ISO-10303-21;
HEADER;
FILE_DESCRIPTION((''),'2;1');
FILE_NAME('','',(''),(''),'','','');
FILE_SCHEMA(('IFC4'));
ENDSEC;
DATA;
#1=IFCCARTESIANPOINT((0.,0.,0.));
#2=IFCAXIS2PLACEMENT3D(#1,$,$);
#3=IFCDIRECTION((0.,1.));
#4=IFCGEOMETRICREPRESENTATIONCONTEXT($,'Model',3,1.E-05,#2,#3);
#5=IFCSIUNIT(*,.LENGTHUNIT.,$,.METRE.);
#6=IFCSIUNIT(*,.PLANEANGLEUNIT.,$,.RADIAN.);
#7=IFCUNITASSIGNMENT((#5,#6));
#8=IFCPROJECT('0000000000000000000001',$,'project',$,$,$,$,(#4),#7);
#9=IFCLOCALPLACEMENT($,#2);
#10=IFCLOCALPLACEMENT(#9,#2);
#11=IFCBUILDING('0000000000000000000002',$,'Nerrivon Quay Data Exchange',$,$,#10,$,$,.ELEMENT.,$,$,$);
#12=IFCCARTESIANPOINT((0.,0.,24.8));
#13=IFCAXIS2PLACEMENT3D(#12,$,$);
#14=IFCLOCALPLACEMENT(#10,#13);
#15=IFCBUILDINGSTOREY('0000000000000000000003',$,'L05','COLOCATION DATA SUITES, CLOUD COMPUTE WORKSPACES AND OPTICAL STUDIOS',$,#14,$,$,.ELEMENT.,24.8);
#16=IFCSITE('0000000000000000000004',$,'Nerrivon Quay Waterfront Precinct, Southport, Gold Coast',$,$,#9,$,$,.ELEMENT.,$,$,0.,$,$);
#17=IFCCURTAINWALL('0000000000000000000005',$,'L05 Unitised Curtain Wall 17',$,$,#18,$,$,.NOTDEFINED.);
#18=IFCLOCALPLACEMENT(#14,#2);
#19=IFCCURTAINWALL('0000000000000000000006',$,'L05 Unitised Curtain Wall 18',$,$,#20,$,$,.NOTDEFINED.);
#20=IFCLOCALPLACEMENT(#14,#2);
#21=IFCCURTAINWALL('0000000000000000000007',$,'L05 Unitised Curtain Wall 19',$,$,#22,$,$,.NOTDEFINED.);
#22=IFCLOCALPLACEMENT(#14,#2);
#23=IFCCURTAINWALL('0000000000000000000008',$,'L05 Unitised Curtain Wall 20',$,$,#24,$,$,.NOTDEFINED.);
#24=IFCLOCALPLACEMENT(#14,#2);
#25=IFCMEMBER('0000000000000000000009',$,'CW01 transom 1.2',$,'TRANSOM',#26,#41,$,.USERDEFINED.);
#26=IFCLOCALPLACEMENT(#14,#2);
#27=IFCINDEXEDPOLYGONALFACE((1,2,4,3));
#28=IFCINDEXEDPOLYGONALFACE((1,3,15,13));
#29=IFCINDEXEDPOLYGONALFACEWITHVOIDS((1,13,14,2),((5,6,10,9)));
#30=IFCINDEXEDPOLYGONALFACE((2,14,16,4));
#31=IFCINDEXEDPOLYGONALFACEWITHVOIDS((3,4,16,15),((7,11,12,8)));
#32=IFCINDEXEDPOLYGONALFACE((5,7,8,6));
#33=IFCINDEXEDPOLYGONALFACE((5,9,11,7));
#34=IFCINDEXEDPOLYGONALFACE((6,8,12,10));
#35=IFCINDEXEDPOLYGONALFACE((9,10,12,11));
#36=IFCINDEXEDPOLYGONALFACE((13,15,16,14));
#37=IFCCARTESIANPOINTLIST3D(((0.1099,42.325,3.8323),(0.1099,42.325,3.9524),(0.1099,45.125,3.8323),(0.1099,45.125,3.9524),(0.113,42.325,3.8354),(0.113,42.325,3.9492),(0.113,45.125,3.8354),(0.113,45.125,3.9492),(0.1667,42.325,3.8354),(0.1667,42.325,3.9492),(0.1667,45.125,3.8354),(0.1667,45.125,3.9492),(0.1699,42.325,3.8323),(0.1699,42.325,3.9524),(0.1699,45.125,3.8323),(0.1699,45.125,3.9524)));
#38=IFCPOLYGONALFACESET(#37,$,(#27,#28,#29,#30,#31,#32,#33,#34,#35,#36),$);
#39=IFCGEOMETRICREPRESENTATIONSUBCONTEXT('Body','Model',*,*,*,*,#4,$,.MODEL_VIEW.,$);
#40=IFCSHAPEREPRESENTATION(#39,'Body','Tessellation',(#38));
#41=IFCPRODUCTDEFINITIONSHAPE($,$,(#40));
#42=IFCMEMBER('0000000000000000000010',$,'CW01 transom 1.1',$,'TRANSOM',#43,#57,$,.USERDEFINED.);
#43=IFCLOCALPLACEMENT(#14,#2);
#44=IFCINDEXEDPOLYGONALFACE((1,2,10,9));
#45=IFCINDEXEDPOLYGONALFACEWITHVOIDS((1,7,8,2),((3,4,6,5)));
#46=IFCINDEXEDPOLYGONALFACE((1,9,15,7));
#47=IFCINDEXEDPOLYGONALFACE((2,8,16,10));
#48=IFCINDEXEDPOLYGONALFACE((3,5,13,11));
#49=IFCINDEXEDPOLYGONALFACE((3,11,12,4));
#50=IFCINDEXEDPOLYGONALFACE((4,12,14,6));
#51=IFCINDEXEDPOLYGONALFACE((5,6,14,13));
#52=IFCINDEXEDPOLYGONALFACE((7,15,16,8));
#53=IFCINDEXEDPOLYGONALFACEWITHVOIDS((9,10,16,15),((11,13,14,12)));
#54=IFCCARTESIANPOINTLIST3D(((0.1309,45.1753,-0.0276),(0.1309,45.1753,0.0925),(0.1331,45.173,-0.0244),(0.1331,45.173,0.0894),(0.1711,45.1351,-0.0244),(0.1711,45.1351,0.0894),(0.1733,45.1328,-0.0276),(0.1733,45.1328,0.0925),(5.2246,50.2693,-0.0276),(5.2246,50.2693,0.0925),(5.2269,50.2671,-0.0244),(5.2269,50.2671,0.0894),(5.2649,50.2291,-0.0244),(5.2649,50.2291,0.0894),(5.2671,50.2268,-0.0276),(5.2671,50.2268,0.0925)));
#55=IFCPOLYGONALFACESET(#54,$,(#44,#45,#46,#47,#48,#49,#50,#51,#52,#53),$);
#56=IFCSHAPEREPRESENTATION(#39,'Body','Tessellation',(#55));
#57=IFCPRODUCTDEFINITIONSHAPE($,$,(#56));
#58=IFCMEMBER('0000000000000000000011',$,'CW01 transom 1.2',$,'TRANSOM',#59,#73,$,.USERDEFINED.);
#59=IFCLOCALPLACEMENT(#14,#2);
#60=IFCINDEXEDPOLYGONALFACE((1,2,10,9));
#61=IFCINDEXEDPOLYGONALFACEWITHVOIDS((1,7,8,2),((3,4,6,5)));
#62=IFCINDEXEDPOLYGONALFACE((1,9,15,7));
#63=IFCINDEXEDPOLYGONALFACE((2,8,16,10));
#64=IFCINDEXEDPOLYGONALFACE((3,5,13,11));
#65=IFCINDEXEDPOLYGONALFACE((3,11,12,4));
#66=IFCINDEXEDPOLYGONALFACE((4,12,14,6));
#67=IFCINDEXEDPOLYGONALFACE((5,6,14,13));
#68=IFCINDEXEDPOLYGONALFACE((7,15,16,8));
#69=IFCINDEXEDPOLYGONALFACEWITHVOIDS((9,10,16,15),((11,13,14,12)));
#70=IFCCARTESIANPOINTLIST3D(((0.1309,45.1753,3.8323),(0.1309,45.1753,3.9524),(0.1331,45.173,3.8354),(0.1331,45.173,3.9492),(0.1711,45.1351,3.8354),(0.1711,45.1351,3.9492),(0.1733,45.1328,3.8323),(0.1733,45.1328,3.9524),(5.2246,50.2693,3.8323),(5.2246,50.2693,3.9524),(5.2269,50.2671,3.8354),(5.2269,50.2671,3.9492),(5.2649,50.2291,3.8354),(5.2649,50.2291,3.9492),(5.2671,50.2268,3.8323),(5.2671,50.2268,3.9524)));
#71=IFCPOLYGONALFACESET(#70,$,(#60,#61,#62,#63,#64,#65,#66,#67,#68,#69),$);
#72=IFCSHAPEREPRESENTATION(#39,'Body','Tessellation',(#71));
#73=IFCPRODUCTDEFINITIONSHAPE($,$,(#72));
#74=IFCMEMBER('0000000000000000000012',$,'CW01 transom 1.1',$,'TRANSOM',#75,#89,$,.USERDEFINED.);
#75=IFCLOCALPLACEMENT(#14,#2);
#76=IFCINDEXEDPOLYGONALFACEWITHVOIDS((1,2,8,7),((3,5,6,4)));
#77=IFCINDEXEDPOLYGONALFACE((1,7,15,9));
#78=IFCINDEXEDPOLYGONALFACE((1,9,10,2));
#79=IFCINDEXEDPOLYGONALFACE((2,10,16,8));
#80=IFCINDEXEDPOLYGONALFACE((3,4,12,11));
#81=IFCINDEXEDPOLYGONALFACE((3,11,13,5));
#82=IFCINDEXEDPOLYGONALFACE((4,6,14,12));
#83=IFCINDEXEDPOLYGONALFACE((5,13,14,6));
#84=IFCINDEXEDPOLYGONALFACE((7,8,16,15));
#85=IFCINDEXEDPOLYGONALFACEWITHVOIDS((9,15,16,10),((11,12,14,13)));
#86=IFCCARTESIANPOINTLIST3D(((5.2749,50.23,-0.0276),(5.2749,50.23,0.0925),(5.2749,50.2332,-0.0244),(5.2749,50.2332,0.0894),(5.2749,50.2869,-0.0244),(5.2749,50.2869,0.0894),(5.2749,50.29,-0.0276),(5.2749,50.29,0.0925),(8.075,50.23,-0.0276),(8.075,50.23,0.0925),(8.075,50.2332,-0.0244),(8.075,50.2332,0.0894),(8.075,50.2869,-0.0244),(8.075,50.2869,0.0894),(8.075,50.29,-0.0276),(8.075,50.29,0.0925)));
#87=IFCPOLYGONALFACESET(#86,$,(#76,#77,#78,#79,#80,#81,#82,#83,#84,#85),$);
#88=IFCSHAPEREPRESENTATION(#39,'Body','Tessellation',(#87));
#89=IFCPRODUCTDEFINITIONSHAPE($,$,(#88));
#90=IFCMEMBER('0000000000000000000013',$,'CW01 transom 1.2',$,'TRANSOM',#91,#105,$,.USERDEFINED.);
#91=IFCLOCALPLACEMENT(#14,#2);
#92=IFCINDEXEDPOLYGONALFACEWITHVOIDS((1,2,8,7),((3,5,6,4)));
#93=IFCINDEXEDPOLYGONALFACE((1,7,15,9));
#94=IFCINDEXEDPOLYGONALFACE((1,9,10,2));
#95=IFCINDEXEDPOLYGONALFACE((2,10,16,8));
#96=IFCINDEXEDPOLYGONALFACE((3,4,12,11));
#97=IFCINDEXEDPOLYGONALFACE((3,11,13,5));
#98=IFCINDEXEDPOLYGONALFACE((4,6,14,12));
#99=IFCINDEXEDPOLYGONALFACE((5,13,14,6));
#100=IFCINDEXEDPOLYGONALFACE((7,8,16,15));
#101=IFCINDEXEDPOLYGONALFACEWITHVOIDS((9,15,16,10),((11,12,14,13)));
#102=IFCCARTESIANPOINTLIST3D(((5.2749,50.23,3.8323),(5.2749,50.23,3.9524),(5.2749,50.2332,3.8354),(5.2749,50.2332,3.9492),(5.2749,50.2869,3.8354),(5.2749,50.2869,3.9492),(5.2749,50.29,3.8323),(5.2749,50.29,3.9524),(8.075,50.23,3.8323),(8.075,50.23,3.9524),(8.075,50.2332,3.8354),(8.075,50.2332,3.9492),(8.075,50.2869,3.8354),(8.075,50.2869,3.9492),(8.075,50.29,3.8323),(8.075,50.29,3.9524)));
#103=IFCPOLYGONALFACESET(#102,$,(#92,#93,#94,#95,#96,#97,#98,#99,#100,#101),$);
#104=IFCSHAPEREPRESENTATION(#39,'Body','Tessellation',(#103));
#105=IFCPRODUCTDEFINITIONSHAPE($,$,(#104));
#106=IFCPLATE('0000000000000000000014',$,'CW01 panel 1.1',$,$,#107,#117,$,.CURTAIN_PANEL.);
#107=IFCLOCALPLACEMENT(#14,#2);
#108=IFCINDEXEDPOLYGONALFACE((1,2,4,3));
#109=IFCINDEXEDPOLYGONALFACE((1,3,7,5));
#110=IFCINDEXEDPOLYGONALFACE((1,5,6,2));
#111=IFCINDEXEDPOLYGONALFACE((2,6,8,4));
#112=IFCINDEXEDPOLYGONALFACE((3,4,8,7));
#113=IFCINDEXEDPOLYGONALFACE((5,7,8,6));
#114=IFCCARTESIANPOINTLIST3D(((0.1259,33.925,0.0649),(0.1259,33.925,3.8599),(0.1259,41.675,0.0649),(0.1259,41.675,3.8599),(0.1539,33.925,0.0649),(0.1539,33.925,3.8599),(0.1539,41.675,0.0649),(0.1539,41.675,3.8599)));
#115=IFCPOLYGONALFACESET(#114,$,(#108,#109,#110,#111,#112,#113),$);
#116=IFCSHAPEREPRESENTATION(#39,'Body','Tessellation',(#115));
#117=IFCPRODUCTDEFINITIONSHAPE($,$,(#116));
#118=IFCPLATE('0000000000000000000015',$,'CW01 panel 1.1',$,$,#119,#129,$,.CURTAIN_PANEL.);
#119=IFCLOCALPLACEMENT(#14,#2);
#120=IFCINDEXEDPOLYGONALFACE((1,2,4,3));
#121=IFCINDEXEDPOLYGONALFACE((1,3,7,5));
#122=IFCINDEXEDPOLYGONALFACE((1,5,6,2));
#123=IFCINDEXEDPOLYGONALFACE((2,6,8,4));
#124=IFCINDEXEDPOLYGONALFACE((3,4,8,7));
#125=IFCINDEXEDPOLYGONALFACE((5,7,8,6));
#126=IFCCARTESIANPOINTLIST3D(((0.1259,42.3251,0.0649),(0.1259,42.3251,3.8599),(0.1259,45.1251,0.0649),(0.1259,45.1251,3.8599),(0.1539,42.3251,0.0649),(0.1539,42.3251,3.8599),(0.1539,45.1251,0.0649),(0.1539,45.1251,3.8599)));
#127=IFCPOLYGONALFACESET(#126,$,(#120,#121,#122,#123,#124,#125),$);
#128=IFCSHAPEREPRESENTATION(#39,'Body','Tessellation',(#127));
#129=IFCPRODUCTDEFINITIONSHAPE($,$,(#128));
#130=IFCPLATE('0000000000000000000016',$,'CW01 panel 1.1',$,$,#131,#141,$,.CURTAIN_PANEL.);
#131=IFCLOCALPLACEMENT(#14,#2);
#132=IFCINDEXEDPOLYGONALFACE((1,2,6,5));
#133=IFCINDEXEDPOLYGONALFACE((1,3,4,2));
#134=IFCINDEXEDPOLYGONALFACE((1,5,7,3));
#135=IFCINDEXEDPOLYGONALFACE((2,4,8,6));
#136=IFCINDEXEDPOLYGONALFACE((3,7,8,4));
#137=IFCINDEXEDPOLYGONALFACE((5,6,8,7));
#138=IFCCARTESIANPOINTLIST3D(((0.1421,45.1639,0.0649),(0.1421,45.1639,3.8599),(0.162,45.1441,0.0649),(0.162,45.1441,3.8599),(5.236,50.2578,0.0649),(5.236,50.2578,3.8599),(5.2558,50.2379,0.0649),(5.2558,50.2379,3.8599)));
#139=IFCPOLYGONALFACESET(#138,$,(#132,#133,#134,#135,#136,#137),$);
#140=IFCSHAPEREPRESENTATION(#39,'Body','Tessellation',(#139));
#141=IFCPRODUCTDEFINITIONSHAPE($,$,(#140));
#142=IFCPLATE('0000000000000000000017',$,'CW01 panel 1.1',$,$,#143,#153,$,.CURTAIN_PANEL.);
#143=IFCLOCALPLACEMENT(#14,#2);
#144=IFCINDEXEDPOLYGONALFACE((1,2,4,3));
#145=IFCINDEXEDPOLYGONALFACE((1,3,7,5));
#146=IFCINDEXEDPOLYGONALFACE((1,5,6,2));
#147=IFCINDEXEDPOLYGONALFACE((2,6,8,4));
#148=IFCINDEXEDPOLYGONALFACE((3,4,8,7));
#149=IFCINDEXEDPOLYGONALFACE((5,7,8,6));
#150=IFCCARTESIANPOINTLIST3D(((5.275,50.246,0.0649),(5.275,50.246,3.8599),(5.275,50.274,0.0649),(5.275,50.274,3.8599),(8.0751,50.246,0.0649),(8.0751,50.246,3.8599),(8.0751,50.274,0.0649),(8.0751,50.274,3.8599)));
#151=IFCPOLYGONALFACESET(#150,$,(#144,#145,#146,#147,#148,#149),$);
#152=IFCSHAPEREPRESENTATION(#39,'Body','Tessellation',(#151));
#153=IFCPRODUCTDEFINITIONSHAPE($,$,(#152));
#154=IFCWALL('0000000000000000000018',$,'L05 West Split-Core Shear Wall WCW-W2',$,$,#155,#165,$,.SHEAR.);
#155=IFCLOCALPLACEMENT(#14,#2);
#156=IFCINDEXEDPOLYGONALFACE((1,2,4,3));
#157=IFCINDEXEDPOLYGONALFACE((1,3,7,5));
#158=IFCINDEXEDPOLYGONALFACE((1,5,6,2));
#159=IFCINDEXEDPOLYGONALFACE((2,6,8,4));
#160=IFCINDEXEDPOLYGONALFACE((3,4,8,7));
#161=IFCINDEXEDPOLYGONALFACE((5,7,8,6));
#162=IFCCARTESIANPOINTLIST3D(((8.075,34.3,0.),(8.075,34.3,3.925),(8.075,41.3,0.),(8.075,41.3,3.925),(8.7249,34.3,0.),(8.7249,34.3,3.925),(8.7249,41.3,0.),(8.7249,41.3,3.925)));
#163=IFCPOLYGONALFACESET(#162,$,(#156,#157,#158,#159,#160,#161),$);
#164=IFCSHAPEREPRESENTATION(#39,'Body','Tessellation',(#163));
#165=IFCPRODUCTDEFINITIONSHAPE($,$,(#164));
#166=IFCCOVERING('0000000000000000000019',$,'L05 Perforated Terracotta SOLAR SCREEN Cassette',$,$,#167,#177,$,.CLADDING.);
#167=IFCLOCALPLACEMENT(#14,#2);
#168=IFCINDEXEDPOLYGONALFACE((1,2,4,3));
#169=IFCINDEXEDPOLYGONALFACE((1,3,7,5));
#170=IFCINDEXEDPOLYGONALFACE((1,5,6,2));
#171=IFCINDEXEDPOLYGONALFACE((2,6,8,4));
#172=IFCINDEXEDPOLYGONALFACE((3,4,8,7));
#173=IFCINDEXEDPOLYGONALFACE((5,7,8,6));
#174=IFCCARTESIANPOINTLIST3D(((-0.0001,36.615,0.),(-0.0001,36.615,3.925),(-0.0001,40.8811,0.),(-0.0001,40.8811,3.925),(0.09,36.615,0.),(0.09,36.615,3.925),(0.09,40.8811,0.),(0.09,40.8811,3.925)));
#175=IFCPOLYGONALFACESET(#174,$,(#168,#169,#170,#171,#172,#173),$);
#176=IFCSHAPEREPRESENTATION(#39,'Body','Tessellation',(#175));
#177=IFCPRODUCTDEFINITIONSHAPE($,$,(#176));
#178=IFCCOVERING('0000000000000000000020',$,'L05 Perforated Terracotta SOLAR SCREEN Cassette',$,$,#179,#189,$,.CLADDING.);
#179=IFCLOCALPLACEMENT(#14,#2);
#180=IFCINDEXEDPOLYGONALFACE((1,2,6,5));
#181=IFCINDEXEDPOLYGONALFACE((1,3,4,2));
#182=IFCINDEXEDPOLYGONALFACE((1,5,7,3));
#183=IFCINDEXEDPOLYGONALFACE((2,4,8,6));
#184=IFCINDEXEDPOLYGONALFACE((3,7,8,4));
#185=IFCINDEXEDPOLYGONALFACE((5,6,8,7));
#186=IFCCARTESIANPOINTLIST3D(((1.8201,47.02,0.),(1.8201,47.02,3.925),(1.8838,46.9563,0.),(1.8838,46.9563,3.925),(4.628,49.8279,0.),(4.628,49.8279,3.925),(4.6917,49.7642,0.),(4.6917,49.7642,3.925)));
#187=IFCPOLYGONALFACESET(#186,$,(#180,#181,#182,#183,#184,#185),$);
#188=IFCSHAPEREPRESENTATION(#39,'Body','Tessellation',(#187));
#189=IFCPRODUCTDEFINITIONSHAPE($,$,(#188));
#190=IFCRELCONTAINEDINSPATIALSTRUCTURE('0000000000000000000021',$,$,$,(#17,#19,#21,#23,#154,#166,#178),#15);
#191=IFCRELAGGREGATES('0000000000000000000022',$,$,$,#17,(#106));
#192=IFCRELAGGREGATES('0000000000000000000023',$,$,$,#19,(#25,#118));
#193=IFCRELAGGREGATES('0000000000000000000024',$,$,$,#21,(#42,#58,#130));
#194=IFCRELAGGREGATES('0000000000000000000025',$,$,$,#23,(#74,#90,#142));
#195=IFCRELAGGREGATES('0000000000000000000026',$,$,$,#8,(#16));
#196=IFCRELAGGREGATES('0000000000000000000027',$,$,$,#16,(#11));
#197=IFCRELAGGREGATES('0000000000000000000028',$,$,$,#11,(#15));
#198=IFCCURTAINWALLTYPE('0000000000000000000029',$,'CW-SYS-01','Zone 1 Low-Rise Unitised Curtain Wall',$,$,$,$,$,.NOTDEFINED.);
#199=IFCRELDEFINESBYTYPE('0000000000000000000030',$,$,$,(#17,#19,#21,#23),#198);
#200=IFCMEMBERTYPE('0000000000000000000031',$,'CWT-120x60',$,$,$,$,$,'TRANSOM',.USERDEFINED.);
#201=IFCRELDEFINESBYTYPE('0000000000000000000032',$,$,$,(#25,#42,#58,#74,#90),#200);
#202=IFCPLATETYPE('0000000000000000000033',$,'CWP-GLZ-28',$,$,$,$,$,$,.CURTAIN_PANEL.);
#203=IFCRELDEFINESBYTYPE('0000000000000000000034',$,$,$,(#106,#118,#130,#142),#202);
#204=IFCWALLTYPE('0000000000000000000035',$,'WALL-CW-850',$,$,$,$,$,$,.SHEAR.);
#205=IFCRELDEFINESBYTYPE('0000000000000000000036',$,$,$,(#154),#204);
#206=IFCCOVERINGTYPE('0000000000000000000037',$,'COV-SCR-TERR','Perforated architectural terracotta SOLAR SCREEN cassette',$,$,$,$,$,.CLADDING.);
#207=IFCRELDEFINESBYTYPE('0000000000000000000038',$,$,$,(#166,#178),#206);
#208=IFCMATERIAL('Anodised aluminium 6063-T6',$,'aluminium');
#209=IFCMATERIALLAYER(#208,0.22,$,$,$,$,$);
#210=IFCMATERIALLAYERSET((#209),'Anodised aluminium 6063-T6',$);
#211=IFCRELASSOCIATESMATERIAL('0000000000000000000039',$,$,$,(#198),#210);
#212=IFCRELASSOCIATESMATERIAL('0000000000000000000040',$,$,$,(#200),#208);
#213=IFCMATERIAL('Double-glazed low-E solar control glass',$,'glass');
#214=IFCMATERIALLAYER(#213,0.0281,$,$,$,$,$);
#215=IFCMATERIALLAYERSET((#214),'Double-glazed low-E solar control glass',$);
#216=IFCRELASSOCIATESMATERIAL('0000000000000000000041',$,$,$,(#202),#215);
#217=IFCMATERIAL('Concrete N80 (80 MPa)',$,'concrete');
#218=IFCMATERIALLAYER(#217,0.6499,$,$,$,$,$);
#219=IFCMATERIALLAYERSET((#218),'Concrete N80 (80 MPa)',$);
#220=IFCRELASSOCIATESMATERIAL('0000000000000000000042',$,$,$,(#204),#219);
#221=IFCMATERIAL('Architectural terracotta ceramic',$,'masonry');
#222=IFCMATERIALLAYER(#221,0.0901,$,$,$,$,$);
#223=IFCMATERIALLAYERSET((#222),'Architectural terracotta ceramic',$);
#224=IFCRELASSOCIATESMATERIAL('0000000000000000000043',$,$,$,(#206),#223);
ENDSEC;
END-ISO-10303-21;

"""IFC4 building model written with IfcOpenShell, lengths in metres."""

from ifc_helpers import new_model, si_unit, direction, frame, frame_2d, origin, origin_2d, place, context, subcontext, project, spatial, rectangle, hollow_rectangle, extrude, material, layer, layer_set, material_profile, profile_set, type_object, element, aggregate, save


model = new_model("IFC4")

# Units and contexts
model_context = context("Model", 3, precision=1e-05, world=origin(), true_north=direction((0.0, 1.0)))
body_context = subcontext(model_context, "Body", "Model", "MODEL_VIEW")
ifc_project = project(units=[si_unit("LENGTHUNIT", "METRE"), si_unit("PLANEANGLEUNIT", "RADIAN")], contexts=[model_context])

# Site, building, storey
site_placement = place(None, origin())
site = spatial("IfcSite", under=ifc_project, at=site_placement, Name="Nerrivon Quay Waterfront Precinct, Southport, Gold Coast", CompositionType="ELEMENT", RefElevation=0.0)
building_placement = place(site_placement, origin())
building = spatial("IfcBuilding", under=site, at=building_placement, Name="Nerrivon Quay Data Exchange", CompositionType="ELEMENT")
storey_placement = place(building_placement, frame((0.0, 0.0, 24.8)))
storey = spatial("IfcBuildingStorey", under=building, at=storey_placement, Name="L05", Description="COLOCATION DATA SUITES, CLOUD COMPUTE WORKSPACES AND OPTICAL STUDIOS", CompositionType="ELEMENT", Elevation=24.8)

# Shared definitions
ifc_material_1 = material(Name="Concrete N80 (80 MPa)", Category="concrete")

# Curtain wall
ifc_material_2 = material(Name="Anodised aluminium 6063-T6", Category="aluminium")
ifc_layer_1 = layer(ifc_material_2, 0.22)
ifc_layer_set_1 = layer_set([ifc_layer_1], Name="Anodised aluminium 6063-T6")
curtain_wall_type = type_object("IfcCurtainWallType", Name="CW-SYS-01", Description="Zone 1 Low-Rise Unitised Curtain Wall", PredefinedType="NOTDEFINED", material=ifc_layer_set_1)
curtain_wall_1_placement = place(storey_placement, origin())
curtain_wall_1 = element("IfcCurtainWall", 1, at=curtain_wall_1_placement, inside=storey, type_object=curtain_wall_type, Name="L05 Unitised Curtain Wall 17", PredefinedType="NOTDEFINED")

# Curtain walls
curtain_wall_2_placement = place(storey_placement, origin())
curtain_wall_2 = element("IfcCurtainWall", 2, at=curtain_wall_2_placement, inside=storey, type_object=curtain_wall_type, Name="L05 Unitised Curtain Wall 18", PredefinedType="NOTDEFINED")
curtain_wall_3_placement = place(storey_placement, origin())
curtain_wall_3 = element("IfcCurtainWall", 3, at=curtain_wall_3_placement, inside=storey, type_object=curtain_wall_type, Name="L05 Unitised Curtain Wall 19", PredefinedType="NOTDEFINED")
curtain_wall_4_placement = place(storey_placement, origin())
curtain_wall_4 = element("IfcCurtainWall", 4, at=curtain_wall_4_placement, inside=storey, type_object=curtain_wall_type, Name="L05 Unitised Curtain Wall 20", PredefinedType="NOTDEFINED")

# Members
ifc_material_profile_1 = material_profile(ifc_material_2, hollow_rectangle(XDim=0.0601, YDim=0.1201, WallThickness=0.0032, at=origin_2d()), Name="ALU-TRAN-120x60")
ifc_profile_set_1 = profile_set([ifc_material_profile_1], Name="Anodised aluminium 6063-T6")
member_type_1 = type_object("IfcMemberType", Name="CWT-120x60", ElementType="TRANSOM", PredefinedType="USERDEFINED", material=ifc_profile_set_1)
member_1_placement = place(storey_placement, frame((0.1399, 42.325, 3.8923), z_axis=(0.0, 1.0, 0.0), x_axis=(-1.0, 0.0, 0.0)))
member_1 = element("IfcMember", 5, at=member_1_placement, type_object=member_type_1, Name="CW01 transom 1.2", ObjectType="TRANSOM", PredefinedType="USERDEFINED", context=body_context, shape_type="SweptSolid", body=[
    extrude(hollow_rectangle(XDim=0.0601, YDim=0.1201, WallThickness=0.0032, at=origin_2d()), origin(), (0.0, 0.0, 1.0), 2.8),
])
member_2_placement = place(storey_placement, frame((0.1521, 45.1541, 0.0325), z_axis=(0.70709, 0.707124, 0.0), x_axis=(-0.707124, 0.70709, 0.0)))
member_2 = element("IfcMember", 6, at=member_2_placement, type_object=member_type_1, Name="CW01 transom 1.1", ObjectType="TRANSOM", PredefinedType="USERDEFINED", context=body_context, shape_type="SweptSolid", body=[
    extrude(hollow_rectangle(XDim=0.0601, YDim=0.1201, WallThickness=0.0032, at=origin_2d()), origin(), (0.0, 0.0, 1.0), 7.2039),
])
member_3_placement = place(storey_placement, frame((0.1521, 45.1541, 3.8923), z_axis=(0.70709, 0.707124, 0.0), x_axis=(-0.707124, 0.70709, 0.0)))
member_3 = element("IfcMember", 7, at=member_3_placement, type_object=member_type_1, Name="CW01 transom 1.2", ObjectType="TRANSOM", PredefinedType="USERDEFINED", context=body_context, shape_type="SweptSolid", body=[
    extrude(hollow_rectangle(XDim=0.0601, YDim=0.1201, WallThickness=0.0032, at=origin_2d()), origin(), (0.0, 0.0, 1.0), 7.2039),
])
member_4_placement = place(storey_placement, frame((5.2749, 50.26, 0.0325), z_axis=(1.0, 0.0, 0.0), x_axis=(0.0, 1.0, 0.0)))
member_4 = element("IfcMember", 8, at=member_4_placement, type_object=member_type_1, Name="CW01 transom 1.1", ObjectType="TRANSOM", PredefinedType="USERDEFINED", context=body_context, shape_type="SweptSolid", body=[
    extrude(hollow_rectangle(XDim=0.0601, YDim=0.1201, WallThickness=0.0032, at=origin_2d()), origin(), (0.0, 0.0, 1.0), 2.8),
])
member_5_placement = place(storey_placement, frame((5.2749, 50.26, 3.8923), z_axis=(1.0, 0.0, 0.0), x_axis=(0.0, 1.0, 0.0)))
member_5 = element("IfcMember", 9, at=member_5_placement, type_object=member_type_1, Name="CW01 transom 1.2", ObjectType="TRANSOM", PredefinedType="USERDEFINED", context=body_context, shape_type="SweptSolid", body=[
    extrude(hollow_rectangle(XDim=0.0601, YDim=0.1201, WallThickness=0.0032, at=origin_2d()), origin(), (0.0, 0.0, 1.0), 2.8),
])

# Plates
ifc_material_3 = material(Name="Double-glazed low-E solar control glass", Category="glass")
ifc_layer_2 = layer(ifc_material_3, 0.0281)
ifc_layer_set_2 = layer_set([ifc_layer_2], Name="Double-glazed low-E solar control glass")
plate_type = type_object("IfcPlateType", Name="CWP-GLZ-28", PredefinedType="CURTAIN_PANEL", material=ifc_layer_set_2)
plate_1_placement = place(storey_placement, frame((0.1399, 37.8, 0.0649), z_axis=(0.0, 0.0, 1.0), x_axis=(0.0, 1.0, 0.0)))
plate_1 = element("IfcPlate", 10, at=plate_1_placement, type_object=plate_type, Name="CW01 panel 1.1", PredefinedType="CURTAIN_PANEL", context=body_context, shape_type="SweptSolid", body=[
    extrude(rectangle(XDim=7.75, YDim=0.0281, at=origin_2d()), origin(), (0.0, 0.0, 1.0), 3.7949),
])
aggregate(curtain_wall_1, [plate_1])
plate_2_placement = place(storey_placement, frame((0.1399, 43.7251, 0.0649), z_axis=(0.0, 0.0, 1.0), x_axis=(0.0, 1.0, 0.0)))
plate_2 = element("IfcPlate", 11, at=plate_2_placement, type_object=plate_type, Name="CW01 panel 1.1", PredefinedType="CURTAIN_PANEL", context=body_context, shape_type="SweptSolid", body=[
    extrude(rectangle(XDim=2.8, YDim=0.0281, at=origin_2d()), origin(), (0.0, 0.0, 1.0), 3.7949),
])
aggregate(curtain_wall_2, [member_1, plate_2])
plate_3_placement = place(storey_placement, frame((2.699, 47.7009, 0.0649), z_axis=(0.0, 0.0, 1.0), x_axis=(0.707107, 0.707107, 0.0)))
plate_3 = element("IfcPlate", 12, at=plate_3_placement, type_object=plate_type, Name="CW01 panel 1.1", PredefinedType="CURTAIN_PANEL", context=body_context, shape_type="SweptSolid", body=[
    extrude(rectangle(XDim=7.2039, YDim=0.0281, at=origin_2d()), origin(), (0.0, 0.0, 1.0), 3.7949),
])
aggregate(curtain_wall_3, [member_2, member_3, plate_3])
plate_4_placement = place(storey_placement, frame((6.675, 50.26, 0.0649), z_axis=(0.0, 0.0, 1.0), x_axis=(1.0, 0.0, 0.0)))
plate_4 = element("IfcPlate", 13, at=plate_4_placement, type_object=plate_type, Name="CW01 panel 1.1", PredefinedType="CURTAIN_PANEL", context=body_context, shape_type="SweptSolid", body=[
    extrude(rectangle(XDim=2.8, YDim=0.0281, at=origin_2d()), origin(), (0.0, 0.0, 1.0), 3.7949),
])
aggregate(curtain_wall_4, [member_4, member_5, plate_4])

# Wall
ifc_layer_3 = layer(ifc_material_1, 0.6499)
ifc_layer_set_3 = layer_set([ifc_layer_3], Name="Concrete N80 (80 MPa)")
wall_type = type_object("IfcWallType", Name="WALL-CW-850", PredefinedType="SHEAR", material=ifc_layer_set_3)
wall_placement = place(storey_placement, frame((8.3999, 34.3, 0.0), z_axis=(0.0, 0.0, 1.0), x_axis=(0.0, 1.0, 0.0)))
element("IfcWall", 14, at=wall_placement, inside=storey, type_object=wall_type, Name="L05 West Split-Core Shear Wall WCW-W2", PredefinedType="SHEAR", context=body_context, shape_type="SweptSolid", body=[
    extrude(rectangle(XDim=7.0, YDim=0.6499, at=frame_2d((3.5, 0.0))), origin(), (0.0, 0.0, 1.0), 3.925),
])

# Coverings
ifc_material_4 = material(Name="Architectural terracotta ceramic", Category="masonry")
ifc_layer_4 = layer(ifc_material_4, 0.0901)
ifc_layer_set_4 = layer_set([ifc_layer_4], Name="Architectural terracotta ceramic")
covering_type = type_object("IfcCoveringType", Name="COV-SCR-TERR", Description="Perforated architectural terracotta SOLAR SCREEN cassette", PredefinedType="CLADDING", material=ifc_layer_set_4)
covering_1_placement = place(storey_placement, frame((0.0449, 38.748, 0.0), z_axis=(0.0, 0.0, 1.0), x_axis=(0.0, 1.0, 0.0)))
element("IfcCovering", 15, at=covering_1_placement, inside=storey, type_object=covering_type, Name="L05 Perforated Terracotta SOLAR SCREEN Cassette", PredefinedType="CLADDING", context=body_context, shape_type="SweptSolid", body=[
    extrude(rectangle(XDim=4.2661, YDim=0.0901, at=origin_2d()), origin(), (0.0, 0.0, 1.0), 3.925),
])
covering_2_placement = place(storey_placement, frame((3.2559, 48.3921, 0.0), z_axis=(0.0, 0.0, 1.0), x_axis=(0.707107, 0.707107, 0.0)))
element("IfcCovering", 16, at=covering_2_placement, inside=storey, type_object=covering_type, Name="L05 Perforated Terracotta SOLAR SCREEN Cassette", PredefinedType="CLADDING", context=body_context, shape_type="SweptSolid", body=[
    extrude(rectangle(XDim=3.9709, YDim=0.0901, at=origin_2d()), origin(), (0.0, 0.0, 1.0), 3.925),
])

save(model, "model.ifc")
